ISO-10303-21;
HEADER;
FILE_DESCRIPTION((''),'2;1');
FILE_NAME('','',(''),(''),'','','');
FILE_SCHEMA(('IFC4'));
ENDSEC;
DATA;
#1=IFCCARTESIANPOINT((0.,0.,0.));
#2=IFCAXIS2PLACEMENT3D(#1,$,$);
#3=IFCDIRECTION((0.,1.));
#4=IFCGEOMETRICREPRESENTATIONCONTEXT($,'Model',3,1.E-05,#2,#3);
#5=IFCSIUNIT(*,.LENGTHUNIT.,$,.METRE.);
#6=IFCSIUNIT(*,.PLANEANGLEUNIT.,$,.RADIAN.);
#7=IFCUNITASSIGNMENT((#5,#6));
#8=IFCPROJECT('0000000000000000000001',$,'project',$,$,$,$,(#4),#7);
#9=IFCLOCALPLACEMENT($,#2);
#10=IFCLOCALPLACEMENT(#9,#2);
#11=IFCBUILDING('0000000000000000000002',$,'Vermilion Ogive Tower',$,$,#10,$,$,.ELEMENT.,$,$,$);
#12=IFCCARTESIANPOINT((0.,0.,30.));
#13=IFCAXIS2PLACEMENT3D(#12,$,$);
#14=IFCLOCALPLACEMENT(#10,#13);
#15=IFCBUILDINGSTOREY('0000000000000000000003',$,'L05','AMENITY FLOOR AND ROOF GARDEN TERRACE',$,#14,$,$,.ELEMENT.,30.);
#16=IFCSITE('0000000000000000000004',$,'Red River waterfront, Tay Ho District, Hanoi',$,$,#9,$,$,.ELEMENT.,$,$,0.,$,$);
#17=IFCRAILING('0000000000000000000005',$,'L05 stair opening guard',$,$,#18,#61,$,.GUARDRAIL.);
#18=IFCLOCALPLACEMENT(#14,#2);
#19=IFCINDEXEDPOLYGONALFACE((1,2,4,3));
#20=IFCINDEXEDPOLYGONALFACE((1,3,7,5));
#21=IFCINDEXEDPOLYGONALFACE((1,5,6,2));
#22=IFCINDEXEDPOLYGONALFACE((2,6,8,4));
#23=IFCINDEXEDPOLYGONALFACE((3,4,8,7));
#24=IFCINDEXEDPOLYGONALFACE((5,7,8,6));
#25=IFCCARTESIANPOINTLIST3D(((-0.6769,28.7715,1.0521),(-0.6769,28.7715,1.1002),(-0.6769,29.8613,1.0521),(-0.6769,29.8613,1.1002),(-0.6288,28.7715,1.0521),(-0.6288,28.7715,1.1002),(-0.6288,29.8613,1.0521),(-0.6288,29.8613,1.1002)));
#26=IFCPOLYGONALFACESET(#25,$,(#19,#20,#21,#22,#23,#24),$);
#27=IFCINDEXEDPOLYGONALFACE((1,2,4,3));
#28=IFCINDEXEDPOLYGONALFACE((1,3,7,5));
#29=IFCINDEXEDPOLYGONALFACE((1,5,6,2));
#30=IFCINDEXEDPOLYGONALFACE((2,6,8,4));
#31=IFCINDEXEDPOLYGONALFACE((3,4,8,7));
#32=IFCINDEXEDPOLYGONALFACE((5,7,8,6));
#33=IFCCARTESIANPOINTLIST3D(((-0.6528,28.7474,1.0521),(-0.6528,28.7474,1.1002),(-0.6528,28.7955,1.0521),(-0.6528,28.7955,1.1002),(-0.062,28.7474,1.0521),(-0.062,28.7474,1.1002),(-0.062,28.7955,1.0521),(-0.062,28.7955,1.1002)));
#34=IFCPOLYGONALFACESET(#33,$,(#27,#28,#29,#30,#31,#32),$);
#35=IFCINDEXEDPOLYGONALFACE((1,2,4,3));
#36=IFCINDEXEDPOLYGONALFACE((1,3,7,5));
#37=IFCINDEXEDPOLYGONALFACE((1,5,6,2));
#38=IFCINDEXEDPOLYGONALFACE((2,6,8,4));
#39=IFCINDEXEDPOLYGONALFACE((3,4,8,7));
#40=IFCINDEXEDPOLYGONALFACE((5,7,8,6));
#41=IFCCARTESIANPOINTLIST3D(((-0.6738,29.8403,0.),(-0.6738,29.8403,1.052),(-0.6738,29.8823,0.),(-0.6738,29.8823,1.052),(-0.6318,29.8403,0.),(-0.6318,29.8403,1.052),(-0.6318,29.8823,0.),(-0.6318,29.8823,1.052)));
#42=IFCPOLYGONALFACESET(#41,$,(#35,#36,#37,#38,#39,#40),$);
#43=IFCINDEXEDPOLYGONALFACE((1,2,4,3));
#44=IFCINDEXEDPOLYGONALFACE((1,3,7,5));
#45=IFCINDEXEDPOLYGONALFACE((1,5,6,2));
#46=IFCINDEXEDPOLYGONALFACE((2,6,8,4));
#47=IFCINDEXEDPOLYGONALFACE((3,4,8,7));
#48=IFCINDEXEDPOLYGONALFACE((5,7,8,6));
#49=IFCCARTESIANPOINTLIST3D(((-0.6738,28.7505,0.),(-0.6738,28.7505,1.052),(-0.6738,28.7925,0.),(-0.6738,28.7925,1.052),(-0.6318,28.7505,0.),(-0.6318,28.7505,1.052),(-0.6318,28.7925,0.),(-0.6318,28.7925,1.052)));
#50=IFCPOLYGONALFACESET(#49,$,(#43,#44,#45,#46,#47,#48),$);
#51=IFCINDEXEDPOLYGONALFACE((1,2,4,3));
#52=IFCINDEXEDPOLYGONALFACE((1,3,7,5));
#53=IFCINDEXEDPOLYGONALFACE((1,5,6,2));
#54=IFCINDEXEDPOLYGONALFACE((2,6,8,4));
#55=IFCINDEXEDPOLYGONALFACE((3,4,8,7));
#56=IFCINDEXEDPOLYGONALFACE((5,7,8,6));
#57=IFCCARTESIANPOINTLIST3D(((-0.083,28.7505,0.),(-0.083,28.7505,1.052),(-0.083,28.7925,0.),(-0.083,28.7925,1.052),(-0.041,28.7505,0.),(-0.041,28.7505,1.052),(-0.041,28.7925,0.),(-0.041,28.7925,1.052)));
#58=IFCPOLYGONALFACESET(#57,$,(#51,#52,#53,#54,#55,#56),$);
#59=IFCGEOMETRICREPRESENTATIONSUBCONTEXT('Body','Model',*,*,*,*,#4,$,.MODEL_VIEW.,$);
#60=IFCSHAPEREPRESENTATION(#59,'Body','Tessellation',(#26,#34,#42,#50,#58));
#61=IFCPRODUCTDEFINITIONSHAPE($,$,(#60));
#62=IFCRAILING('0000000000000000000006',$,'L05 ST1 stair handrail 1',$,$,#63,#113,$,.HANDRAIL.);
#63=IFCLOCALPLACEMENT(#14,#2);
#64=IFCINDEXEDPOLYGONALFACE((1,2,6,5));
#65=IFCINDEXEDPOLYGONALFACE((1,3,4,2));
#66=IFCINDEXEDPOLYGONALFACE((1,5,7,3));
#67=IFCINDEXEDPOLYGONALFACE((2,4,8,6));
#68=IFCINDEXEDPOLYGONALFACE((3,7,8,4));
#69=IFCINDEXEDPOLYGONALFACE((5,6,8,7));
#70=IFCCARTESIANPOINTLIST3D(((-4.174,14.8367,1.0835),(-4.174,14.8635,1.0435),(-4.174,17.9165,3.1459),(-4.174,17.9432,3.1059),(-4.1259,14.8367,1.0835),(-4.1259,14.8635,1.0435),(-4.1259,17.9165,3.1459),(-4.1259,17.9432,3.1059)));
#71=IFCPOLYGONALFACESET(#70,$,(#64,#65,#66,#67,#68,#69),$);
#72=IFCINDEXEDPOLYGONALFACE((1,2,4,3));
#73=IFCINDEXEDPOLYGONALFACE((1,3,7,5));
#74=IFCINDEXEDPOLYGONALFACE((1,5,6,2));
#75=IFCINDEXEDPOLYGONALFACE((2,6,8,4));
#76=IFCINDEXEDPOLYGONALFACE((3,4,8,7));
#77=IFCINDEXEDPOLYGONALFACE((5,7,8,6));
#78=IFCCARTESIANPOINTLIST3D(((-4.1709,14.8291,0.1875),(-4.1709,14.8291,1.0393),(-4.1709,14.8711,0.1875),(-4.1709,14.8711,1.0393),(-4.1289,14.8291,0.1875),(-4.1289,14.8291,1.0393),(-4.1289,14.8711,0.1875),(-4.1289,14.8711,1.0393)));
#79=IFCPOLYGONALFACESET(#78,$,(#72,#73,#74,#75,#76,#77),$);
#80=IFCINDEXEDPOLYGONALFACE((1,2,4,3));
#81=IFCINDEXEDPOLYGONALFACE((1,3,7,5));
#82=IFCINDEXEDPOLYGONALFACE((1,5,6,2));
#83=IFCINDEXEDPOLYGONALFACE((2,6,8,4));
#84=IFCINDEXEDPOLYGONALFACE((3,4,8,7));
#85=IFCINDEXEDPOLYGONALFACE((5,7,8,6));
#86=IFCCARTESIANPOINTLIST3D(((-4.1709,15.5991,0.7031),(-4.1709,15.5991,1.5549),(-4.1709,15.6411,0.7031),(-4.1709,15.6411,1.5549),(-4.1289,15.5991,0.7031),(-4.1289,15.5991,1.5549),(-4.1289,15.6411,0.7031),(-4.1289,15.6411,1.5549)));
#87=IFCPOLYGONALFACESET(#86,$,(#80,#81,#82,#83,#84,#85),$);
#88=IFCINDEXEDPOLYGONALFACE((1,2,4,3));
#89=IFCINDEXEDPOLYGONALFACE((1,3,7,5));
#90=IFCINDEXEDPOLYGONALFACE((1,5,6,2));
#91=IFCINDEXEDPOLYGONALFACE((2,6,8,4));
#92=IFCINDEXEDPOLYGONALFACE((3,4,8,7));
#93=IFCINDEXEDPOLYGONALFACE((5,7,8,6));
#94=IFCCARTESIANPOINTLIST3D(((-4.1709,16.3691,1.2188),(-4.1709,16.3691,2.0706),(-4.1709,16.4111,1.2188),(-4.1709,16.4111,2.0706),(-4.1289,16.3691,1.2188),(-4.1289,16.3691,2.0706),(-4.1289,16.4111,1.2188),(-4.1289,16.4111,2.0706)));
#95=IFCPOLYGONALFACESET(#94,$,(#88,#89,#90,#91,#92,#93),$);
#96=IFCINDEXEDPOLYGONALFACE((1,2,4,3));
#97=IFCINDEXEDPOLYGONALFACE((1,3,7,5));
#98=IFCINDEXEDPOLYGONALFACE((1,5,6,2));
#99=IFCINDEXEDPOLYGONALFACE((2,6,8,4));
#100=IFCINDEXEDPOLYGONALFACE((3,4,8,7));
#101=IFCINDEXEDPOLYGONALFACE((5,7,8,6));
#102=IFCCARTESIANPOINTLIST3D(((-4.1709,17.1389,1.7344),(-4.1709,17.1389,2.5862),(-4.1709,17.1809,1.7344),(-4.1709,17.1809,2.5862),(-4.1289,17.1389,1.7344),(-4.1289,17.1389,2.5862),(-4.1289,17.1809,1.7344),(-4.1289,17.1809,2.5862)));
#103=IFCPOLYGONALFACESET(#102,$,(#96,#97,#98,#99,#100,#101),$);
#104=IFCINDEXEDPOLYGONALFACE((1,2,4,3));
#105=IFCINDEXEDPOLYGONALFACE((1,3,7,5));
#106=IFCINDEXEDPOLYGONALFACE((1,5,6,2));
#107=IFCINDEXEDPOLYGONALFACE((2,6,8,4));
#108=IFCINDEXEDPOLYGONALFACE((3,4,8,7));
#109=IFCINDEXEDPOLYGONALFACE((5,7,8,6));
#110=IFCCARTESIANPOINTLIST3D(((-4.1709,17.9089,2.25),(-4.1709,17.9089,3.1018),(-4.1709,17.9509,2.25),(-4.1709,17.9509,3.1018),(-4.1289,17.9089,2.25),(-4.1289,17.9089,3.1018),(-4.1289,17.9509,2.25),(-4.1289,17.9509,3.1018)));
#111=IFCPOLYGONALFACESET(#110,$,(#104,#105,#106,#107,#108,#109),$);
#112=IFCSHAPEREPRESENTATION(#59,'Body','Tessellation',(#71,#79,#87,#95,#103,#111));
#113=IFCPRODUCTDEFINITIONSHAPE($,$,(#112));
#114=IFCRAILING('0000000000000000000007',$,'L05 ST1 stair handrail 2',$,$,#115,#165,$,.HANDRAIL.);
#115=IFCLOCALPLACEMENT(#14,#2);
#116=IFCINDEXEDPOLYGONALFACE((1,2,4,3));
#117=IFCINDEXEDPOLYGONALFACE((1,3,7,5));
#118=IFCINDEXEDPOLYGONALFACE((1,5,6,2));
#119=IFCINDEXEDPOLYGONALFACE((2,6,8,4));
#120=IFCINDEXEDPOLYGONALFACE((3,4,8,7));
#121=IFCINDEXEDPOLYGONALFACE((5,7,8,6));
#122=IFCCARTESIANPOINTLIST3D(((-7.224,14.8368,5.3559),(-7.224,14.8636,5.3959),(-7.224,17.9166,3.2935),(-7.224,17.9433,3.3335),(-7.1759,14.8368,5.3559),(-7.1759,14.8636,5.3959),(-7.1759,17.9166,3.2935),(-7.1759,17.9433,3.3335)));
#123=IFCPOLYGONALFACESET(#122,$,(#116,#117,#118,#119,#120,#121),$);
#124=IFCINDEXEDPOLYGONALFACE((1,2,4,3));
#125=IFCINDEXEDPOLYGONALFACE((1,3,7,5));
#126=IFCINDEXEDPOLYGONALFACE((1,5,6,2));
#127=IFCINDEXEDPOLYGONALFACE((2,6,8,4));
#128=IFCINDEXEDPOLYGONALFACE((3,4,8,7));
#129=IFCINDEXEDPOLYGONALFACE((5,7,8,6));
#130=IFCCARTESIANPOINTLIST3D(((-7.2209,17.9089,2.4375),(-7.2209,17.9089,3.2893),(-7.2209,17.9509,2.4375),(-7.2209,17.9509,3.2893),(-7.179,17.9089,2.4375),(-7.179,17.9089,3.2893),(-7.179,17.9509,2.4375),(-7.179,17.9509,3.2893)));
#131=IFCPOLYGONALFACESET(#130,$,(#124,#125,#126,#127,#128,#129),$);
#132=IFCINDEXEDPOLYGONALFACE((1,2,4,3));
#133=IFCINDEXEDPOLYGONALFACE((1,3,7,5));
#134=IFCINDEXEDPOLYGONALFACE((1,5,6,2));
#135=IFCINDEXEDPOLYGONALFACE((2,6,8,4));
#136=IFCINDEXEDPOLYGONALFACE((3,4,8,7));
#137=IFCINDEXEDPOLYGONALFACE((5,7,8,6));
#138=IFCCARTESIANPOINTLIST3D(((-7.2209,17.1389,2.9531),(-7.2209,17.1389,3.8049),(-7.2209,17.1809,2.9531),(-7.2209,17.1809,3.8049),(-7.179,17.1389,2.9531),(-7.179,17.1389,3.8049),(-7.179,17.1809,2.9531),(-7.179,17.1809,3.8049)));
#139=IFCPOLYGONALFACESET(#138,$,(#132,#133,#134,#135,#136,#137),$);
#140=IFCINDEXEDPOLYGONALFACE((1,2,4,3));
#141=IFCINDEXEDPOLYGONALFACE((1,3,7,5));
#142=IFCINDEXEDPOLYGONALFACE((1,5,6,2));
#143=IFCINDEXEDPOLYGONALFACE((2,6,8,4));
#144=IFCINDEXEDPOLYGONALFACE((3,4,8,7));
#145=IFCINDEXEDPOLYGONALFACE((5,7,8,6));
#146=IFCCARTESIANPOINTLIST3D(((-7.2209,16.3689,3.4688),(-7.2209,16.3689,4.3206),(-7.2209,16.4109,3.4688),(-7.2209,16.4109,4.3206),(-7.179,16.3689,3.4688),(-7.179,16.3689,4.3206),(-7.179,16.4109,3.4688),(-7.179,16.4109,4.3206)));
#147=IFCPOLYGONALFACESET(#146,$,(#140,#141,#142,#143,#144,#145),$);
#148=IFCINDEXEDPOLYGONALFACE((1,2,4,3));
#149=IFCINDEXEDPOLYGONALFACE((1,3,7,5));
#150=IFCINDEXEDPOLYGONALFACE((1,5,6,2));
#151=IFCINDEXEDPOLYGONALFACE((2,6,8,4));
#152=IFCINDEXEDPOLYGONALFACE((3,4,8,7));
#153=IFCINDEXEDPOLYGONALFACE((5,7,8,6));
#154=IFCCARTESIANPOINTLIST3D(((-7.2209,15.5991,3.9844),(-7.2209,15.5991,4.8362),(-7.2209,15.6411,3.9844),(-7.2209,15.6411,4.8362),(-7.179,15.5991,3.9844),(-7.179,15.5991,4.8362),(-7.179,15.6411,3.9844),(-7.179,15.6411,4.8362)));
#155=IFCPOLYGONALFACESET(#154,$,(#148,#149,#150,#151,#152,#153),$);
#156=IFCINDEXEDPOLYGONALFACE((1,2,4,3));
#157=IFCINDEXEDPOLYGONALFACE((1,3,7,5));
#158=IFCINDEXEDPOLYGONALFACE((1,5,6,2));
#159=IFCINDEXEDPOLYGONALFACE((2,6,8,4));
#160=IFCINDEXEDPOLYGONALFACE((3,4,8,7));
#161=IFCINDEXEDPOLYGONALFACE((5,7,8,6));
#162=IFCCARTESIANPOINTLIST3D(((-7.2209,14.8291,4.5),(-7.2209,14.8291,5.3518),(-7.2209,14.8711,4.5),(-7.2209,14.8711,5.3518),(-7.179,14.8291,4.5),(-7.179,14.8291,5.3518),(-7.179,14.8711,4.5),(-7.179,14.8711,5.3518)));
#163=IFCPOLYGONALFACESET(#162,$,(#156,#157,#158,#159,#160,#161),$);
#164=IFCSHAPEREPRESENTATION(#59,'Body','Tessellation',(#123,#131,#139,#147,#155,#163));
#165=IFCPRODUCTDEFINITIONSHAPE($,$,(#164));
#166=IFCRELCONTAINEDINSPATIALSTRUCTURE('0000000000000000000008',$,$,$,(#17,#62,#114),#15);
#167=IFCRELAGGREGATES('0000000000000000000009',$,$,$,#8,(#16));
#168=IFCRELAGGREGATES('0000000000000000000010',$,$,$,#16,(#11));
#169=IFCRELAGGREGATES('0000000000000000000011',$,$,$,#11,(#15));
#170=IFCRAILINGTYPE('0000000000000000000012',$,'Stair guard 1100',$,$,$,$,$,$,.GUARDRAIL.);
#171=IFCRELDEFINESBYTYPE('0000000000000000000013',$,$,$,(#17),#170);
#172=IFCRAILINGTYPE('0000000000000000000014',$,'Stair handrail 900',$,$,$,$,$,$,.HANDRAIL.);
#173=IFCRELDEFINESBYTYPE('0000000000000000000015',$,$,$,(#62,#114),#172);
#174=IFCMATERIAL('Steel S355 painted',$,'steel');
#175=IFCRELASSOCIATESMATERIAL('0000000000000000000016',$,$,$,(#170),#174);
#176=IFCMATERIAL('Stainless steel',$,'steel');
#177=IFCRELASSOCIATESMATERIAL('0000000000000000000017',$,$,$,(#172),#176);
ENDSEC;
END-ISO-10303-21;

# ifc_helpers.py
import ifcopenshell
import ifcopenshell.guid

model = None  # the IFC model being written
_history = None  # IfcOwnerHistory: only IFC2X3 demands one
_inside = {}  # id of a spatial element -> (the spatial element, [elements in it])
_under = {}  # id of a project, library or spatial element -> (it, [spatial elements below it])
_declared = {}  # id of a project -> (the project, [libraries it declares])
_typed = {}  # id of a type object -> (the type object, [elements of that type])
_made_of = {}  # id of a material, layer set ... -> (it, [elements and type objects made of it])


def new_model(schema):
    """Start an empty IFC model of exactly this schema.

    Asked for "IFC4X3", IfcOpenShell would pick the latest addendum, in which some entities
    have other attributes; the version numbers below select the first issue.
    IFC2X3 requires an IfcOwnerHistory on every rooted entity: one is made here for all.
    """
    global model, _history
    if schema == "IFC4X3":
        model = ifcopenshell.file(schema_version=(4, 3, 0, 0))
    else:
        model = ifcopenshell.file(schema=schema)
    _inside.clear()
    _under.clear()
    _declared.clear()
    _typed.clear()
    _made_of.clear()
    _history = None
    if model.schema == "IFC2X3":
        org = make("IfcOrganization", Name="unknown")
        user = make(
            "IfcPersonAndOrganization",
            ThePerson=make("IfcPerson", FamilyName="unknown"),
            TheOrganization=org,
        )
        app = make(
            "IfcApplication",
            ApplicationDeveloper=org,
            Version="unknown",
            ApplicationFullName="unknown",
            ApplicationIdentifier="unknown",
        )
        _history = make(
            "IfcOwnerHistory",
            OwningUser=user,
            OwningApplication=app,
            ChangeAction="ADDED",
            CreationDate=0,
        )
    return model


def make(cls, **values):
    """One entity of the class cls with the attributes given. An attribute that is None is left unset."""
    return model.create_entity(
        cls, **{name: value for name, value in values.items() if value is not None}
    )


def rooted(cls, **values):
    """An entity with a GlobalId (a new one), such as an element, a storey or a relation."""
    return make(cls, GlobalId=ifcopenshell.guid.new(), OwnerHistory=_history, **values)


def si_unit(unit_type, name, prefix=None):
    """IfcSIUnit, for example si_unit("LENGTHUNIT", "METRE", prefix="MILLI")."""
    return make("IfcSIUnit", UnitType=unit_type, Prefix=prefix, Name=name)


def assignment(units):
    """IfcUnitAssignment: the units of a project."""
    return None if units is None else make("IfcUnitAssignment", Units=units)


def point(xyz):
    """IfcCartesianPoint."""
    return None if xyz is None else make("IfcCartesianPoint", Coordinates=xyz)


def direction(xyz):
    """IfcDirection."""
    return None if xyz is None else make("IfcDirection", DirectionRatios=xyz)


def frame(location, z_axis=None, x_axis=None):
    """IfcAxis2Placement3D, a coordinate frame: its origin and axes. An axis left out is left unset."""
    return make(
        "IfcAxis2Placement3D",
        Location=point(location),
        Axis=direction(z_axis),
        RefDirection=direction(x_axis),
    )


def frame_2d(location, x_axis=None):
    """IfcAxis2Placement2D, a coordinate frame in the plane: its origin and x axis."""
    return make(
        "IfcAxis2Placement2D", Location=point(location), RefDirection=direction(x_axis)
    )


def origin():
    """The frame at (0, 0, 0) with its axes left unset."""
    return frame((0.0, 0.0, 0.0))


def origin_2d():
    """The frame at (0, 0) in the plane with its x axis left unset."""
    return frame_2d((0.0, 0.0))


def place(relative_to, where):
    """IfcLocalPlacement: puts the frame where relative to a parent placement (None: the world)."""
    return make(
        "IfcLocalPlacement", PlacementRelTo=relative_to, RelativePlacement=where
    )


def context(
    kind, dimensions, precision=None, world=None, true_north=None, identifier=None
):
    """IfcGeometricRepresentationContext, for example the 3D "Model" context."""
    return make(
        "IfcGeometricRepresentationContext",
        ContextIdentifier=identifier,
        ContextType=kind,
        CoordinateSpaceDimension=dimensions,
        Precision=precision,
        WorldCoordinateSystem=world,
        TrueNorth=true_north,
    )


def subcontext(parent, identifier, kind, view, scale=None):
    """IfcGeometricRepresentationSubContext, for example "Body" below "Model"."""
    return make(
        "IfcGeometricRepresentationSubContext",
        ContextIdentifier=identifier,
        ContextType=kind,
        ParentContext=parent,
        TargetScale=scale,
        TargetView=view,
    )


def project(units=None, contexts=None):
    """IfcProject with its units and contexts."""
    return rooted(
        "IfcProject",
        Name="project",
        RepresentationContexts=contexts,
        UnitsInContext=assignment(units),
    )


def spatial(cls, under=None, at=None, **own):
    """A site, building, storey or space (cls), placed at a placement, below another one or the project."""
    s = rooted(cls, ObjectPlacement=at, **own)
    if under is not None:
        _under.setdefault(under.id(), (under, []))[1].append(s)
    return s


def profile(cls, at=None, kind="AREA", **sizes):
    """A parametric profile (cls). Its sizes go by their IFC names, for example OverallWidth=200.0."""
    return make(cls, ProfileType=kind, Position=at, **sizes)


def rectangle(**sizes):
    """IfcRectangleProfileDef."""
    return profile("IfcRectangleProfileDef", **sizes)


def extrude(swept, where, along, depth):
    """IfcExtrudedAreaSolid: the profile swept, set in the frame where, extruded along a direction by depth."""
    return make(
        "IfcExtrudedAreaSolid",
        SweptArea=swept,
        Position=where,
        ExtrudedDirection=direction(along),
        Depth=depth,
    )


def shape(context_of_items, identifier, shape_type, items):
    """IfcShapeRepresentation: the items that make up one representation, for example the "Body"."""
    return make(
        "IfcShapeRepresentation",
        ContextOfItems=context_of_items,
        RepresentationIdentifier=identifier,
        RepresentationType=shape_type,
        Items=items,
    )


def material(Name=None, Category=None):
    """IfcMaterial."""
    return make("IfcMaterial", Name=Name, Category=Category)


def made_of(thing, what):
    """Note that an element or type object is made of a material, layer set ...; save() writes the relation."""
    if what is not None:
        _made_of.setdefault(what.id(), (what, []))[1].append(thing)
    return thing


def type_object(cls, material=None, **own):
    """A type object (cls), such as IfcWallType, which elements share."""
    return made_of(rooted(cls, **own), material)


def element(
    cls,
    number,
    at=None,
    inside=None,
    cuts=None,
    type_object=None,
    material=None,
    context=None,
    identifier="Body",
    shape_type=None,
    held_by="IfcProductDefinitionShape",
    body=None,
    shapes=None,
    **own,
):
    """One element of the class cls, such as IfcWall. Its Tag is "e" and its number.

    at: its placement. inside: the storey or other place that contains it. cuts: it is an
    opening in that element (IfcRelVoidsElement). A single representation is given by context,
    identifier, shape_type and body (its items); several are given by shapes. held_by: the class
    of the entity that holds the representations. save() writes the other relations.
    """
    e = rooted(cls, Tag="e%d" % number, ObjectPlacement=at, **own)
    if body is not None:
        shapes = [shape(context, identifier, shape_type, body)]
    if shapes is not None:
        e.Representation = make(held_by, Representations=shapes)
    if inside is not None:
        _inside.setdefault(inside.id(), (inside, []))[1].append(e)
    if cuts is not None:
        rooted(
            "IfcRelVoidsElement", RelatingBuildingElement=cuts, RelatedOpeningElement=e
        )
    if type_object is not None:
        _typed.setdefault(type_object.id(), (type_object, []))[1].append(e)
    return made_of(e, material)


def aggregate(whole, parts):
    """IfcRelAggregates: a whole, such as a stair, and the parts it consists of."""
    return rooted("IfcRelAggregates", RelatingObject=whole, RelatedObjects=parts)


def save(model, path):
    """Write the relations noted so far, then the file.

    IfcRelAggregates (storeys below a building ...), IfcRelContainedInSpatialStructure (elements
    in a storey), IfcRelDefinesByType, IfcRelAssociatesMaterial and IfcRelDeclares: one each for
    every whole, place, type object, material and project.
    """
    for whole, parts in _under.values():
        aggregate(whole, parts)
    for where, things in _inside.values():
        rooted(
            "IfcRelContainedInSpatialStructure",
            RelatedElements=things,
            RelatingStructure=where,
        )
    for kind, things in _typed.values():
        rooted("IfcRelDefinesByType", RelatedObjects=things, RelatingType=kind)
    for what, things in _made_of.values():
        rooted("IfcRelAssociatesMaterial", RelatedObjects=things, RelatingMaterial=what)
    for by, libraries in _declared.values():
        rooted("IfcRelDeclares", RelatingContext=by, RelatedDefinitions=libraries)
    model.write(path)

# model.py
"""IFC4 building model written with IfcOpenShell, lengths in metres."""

from ifc_helpers import new_model, si_unit, direction, frame, origin, origin_2d, place, context, subcontext, project, spatial, rectangle, extrude, material, type_object, element, save


model = new_model("IFC4")

# Units and contexts
model_context = context("Model", 3, precision=1e-05, world=origin(), true_north=direction((0.0, 1.0)))
body_context = subcontext(model_context, "Body", "Model", "MODEL_VIEW")
ifc_project = project(units=[si_unit("LENGTHUNIT", "METRE"), si_unit("PLANEANGLEUNIT", "RADIAN")], contexts=[model_context])

# Site, building, storey
site_placement = place(None, origin())
site = spatial("IfcSite", under=ifc_project, at=site_placement, Name="Red River waterfront, Tay Ho District, Hanoi", CompositionType="ELEMENT", RefElevation=0.0)
building_placement = place(site_placement, origin())
building = spatial("IfcBuilding", under=site, at=building_placement, Name="Vermilion Ogive Tower", CompositionType="ELEMENT")
storey_placement = place(building_placement, frame((0.0, 0.0, 30.0)))
storey = spatial("IfcBuildingStorey", under=building, at=storey_placement, Name="L05", Description="AMENITY FLOOR AND ROOF GARDEN TERRACE", CompositionType="ELEMENT", Elevation=30.0)

# Railings
ifc_material_1 = material(Name="Steel S355 painted", Category="steel")
railing_type_1 = type_object("IfcRailingType", Name="Stair guard 1100", PredefinedType="GUARDRAIL", material=ifc_material_1)
railing_1_placement = place(storey_placement, frame((-0.6528, 29.8613, 0.0)))
element("IfcRailing", 1, at=railing_1_placement, inside=storey, type_object=railing_type_1, Name="L05 stair opening guard", PredefinedType="GUARDRAIL", context=body_context, shape_type="SweptSolid", body=[
    extrude(rectangle(XDim=0.0481, YDim=0.0481, at=origin_2d()), frame((0.0, 0.0, 1.0762), z_axis=(0.0, -1.0, 0.0), x_axis=(1.0, 0.0, 0.0)), (0.0, 0.0, 1.0), 1.0898),
    extrude(rectangle(XDim=0.0481, YDim=0.0481, at=origin_2d()), frame((0.0, -1.0898, 1.0762), z_axis=(1.0, 0.0, 0.0), x_axis=(0.0, 1.0, 0.0)), (0.0, 0.0, 1.0), 0.5908),
    extrude(rectangle(XDim=0.042, YDim=0.042, at=origin_2d()), origin(), (0.0, 0.0, 1.0), 1.052),
    extrude(rectangle(XDim=0.042, YDim=0.042, at=origin_2d()), frame((0.0, -1.0898, 0.0)), (0.0, 0.0, 1.0), 1.052),
    extrude(rectangle(XDim=0.042, YDim=0.042, at=origin_2d()), frame((0.5908, -1.0898, 0.0)), (0.0, 0.0, 1.0), 1.052),
])
ifc_material_2 = material(Name="Stainless steel", Category="steel")
railing_type_2 = type_object("IfcRailingType", Name="Stair handrail 900", PredefinedType="HANDRAIL", material=ifc_material_2)
railing_2_placement = place(storey_placement, frame((-4.1499, 14.8501, 0.1875)))
element("IfcRailing", 2, at=railing_2_placement, inside=storey, type_object=railing_type_2, Name="L05 ST1 stair handrail 1", PredefinedType="HANDRAIL", context=body_context, shape_type="SweptSolid", body=[
    extrude(rectangle(XDim=0.0481, YDim=0.0481, at=origin_2d()), frame((0.0, 0.0, 0.876), z_axis=(0.0, 0.830893, 0.556432), x_axis=(-1.0, 0.0, 0.0)), (0.0, 0.0, 1.0), 3.7065),
    extrude(rectangle(XDim=0.042, YDim=0.042, at=origin_2d()), origin(), (0.0, 0.0, 1.0), 0.8518),
    extrude(rectangle(XDim=0.042, YDim=0.042, at=origin_2d()), frame((0.0, 0.77, 0.5156)), (0.0, 0.0, 1.0), 0.8518),
    extrude(rectangle(XDim=0.042, YDim=0.042, at=origin_2d()), frame((0.0, 1.54, 1.0312)), (0.0, 0.0, 1.0), 0.8518),
    extrude(rectangle(XDim=0.042, YDim=0.042, at=origin_2d()), frame((0.0, 2.3098, 1.5469)), (0.0, 0.0, 1.0), 0.8518),
    extrude(rectangle(XDim=0.042, YDim=0.042, at=origin_2d()), frame((0.0, 3.0798, 2.0625)), (0.0, 0.0, 1.0), 0.8518),
])
railing_3_placement = place(storey_placement, frame((-7.2, 17.9299, 2.4375)))
element("IfcRailing", 3, at=railing_3_placement, inside=storey, type_object=railing_type_2, Name="L05 ST1 stair handrail 2", PredefinedType="HANDRAIL", context=body_context, shape_type="SweptSolid", body=[
    extrude(rectangle(XDim=0.0481, YDim=0.0481, at=origin_2d()), frame((0.0, 0.0, 0.876), z_axis=(0.0, -0.830893, 0.556432), x_axis=(1.0, 0.0, 0.0)), (0.0, 0.0, 1.0), 3.7065),
    extrude(rectangle(XDim=0.042, YDim=0.042, at=origin_2d()), origin(), (0.0, 0.0, 1.0), 0.8518),
    extrude(rectangle(XDim=0.042, YDim=0.042, at=origin_2d()), frame((0.0, -0.77, 0.5156)), (0.0, 0.0, 1.0), 0.8518),
    extrude(rectangle(XDim=0.042, YDim=0.042, at=origin_2d()), frame((0.0, -1.54, 1.0312)), (0.0, 0.0, 1.0), 0.8518),
    extrude(rectangle(XDim=0.042, YDim=0.042, at=origin_2d()), frame((0.0, -2.3098, 1.5469)), (0.0, 0.0, 1.0), 0.8518),
    extrude(rectangle(XDim=0.042, YDim=0.042, at=origin_2d()), frame((0.0, -3.0798, 2.0625)), (0.0, 0.0, 1.0), 0.8518),
])

save(model, "model.ifc")
